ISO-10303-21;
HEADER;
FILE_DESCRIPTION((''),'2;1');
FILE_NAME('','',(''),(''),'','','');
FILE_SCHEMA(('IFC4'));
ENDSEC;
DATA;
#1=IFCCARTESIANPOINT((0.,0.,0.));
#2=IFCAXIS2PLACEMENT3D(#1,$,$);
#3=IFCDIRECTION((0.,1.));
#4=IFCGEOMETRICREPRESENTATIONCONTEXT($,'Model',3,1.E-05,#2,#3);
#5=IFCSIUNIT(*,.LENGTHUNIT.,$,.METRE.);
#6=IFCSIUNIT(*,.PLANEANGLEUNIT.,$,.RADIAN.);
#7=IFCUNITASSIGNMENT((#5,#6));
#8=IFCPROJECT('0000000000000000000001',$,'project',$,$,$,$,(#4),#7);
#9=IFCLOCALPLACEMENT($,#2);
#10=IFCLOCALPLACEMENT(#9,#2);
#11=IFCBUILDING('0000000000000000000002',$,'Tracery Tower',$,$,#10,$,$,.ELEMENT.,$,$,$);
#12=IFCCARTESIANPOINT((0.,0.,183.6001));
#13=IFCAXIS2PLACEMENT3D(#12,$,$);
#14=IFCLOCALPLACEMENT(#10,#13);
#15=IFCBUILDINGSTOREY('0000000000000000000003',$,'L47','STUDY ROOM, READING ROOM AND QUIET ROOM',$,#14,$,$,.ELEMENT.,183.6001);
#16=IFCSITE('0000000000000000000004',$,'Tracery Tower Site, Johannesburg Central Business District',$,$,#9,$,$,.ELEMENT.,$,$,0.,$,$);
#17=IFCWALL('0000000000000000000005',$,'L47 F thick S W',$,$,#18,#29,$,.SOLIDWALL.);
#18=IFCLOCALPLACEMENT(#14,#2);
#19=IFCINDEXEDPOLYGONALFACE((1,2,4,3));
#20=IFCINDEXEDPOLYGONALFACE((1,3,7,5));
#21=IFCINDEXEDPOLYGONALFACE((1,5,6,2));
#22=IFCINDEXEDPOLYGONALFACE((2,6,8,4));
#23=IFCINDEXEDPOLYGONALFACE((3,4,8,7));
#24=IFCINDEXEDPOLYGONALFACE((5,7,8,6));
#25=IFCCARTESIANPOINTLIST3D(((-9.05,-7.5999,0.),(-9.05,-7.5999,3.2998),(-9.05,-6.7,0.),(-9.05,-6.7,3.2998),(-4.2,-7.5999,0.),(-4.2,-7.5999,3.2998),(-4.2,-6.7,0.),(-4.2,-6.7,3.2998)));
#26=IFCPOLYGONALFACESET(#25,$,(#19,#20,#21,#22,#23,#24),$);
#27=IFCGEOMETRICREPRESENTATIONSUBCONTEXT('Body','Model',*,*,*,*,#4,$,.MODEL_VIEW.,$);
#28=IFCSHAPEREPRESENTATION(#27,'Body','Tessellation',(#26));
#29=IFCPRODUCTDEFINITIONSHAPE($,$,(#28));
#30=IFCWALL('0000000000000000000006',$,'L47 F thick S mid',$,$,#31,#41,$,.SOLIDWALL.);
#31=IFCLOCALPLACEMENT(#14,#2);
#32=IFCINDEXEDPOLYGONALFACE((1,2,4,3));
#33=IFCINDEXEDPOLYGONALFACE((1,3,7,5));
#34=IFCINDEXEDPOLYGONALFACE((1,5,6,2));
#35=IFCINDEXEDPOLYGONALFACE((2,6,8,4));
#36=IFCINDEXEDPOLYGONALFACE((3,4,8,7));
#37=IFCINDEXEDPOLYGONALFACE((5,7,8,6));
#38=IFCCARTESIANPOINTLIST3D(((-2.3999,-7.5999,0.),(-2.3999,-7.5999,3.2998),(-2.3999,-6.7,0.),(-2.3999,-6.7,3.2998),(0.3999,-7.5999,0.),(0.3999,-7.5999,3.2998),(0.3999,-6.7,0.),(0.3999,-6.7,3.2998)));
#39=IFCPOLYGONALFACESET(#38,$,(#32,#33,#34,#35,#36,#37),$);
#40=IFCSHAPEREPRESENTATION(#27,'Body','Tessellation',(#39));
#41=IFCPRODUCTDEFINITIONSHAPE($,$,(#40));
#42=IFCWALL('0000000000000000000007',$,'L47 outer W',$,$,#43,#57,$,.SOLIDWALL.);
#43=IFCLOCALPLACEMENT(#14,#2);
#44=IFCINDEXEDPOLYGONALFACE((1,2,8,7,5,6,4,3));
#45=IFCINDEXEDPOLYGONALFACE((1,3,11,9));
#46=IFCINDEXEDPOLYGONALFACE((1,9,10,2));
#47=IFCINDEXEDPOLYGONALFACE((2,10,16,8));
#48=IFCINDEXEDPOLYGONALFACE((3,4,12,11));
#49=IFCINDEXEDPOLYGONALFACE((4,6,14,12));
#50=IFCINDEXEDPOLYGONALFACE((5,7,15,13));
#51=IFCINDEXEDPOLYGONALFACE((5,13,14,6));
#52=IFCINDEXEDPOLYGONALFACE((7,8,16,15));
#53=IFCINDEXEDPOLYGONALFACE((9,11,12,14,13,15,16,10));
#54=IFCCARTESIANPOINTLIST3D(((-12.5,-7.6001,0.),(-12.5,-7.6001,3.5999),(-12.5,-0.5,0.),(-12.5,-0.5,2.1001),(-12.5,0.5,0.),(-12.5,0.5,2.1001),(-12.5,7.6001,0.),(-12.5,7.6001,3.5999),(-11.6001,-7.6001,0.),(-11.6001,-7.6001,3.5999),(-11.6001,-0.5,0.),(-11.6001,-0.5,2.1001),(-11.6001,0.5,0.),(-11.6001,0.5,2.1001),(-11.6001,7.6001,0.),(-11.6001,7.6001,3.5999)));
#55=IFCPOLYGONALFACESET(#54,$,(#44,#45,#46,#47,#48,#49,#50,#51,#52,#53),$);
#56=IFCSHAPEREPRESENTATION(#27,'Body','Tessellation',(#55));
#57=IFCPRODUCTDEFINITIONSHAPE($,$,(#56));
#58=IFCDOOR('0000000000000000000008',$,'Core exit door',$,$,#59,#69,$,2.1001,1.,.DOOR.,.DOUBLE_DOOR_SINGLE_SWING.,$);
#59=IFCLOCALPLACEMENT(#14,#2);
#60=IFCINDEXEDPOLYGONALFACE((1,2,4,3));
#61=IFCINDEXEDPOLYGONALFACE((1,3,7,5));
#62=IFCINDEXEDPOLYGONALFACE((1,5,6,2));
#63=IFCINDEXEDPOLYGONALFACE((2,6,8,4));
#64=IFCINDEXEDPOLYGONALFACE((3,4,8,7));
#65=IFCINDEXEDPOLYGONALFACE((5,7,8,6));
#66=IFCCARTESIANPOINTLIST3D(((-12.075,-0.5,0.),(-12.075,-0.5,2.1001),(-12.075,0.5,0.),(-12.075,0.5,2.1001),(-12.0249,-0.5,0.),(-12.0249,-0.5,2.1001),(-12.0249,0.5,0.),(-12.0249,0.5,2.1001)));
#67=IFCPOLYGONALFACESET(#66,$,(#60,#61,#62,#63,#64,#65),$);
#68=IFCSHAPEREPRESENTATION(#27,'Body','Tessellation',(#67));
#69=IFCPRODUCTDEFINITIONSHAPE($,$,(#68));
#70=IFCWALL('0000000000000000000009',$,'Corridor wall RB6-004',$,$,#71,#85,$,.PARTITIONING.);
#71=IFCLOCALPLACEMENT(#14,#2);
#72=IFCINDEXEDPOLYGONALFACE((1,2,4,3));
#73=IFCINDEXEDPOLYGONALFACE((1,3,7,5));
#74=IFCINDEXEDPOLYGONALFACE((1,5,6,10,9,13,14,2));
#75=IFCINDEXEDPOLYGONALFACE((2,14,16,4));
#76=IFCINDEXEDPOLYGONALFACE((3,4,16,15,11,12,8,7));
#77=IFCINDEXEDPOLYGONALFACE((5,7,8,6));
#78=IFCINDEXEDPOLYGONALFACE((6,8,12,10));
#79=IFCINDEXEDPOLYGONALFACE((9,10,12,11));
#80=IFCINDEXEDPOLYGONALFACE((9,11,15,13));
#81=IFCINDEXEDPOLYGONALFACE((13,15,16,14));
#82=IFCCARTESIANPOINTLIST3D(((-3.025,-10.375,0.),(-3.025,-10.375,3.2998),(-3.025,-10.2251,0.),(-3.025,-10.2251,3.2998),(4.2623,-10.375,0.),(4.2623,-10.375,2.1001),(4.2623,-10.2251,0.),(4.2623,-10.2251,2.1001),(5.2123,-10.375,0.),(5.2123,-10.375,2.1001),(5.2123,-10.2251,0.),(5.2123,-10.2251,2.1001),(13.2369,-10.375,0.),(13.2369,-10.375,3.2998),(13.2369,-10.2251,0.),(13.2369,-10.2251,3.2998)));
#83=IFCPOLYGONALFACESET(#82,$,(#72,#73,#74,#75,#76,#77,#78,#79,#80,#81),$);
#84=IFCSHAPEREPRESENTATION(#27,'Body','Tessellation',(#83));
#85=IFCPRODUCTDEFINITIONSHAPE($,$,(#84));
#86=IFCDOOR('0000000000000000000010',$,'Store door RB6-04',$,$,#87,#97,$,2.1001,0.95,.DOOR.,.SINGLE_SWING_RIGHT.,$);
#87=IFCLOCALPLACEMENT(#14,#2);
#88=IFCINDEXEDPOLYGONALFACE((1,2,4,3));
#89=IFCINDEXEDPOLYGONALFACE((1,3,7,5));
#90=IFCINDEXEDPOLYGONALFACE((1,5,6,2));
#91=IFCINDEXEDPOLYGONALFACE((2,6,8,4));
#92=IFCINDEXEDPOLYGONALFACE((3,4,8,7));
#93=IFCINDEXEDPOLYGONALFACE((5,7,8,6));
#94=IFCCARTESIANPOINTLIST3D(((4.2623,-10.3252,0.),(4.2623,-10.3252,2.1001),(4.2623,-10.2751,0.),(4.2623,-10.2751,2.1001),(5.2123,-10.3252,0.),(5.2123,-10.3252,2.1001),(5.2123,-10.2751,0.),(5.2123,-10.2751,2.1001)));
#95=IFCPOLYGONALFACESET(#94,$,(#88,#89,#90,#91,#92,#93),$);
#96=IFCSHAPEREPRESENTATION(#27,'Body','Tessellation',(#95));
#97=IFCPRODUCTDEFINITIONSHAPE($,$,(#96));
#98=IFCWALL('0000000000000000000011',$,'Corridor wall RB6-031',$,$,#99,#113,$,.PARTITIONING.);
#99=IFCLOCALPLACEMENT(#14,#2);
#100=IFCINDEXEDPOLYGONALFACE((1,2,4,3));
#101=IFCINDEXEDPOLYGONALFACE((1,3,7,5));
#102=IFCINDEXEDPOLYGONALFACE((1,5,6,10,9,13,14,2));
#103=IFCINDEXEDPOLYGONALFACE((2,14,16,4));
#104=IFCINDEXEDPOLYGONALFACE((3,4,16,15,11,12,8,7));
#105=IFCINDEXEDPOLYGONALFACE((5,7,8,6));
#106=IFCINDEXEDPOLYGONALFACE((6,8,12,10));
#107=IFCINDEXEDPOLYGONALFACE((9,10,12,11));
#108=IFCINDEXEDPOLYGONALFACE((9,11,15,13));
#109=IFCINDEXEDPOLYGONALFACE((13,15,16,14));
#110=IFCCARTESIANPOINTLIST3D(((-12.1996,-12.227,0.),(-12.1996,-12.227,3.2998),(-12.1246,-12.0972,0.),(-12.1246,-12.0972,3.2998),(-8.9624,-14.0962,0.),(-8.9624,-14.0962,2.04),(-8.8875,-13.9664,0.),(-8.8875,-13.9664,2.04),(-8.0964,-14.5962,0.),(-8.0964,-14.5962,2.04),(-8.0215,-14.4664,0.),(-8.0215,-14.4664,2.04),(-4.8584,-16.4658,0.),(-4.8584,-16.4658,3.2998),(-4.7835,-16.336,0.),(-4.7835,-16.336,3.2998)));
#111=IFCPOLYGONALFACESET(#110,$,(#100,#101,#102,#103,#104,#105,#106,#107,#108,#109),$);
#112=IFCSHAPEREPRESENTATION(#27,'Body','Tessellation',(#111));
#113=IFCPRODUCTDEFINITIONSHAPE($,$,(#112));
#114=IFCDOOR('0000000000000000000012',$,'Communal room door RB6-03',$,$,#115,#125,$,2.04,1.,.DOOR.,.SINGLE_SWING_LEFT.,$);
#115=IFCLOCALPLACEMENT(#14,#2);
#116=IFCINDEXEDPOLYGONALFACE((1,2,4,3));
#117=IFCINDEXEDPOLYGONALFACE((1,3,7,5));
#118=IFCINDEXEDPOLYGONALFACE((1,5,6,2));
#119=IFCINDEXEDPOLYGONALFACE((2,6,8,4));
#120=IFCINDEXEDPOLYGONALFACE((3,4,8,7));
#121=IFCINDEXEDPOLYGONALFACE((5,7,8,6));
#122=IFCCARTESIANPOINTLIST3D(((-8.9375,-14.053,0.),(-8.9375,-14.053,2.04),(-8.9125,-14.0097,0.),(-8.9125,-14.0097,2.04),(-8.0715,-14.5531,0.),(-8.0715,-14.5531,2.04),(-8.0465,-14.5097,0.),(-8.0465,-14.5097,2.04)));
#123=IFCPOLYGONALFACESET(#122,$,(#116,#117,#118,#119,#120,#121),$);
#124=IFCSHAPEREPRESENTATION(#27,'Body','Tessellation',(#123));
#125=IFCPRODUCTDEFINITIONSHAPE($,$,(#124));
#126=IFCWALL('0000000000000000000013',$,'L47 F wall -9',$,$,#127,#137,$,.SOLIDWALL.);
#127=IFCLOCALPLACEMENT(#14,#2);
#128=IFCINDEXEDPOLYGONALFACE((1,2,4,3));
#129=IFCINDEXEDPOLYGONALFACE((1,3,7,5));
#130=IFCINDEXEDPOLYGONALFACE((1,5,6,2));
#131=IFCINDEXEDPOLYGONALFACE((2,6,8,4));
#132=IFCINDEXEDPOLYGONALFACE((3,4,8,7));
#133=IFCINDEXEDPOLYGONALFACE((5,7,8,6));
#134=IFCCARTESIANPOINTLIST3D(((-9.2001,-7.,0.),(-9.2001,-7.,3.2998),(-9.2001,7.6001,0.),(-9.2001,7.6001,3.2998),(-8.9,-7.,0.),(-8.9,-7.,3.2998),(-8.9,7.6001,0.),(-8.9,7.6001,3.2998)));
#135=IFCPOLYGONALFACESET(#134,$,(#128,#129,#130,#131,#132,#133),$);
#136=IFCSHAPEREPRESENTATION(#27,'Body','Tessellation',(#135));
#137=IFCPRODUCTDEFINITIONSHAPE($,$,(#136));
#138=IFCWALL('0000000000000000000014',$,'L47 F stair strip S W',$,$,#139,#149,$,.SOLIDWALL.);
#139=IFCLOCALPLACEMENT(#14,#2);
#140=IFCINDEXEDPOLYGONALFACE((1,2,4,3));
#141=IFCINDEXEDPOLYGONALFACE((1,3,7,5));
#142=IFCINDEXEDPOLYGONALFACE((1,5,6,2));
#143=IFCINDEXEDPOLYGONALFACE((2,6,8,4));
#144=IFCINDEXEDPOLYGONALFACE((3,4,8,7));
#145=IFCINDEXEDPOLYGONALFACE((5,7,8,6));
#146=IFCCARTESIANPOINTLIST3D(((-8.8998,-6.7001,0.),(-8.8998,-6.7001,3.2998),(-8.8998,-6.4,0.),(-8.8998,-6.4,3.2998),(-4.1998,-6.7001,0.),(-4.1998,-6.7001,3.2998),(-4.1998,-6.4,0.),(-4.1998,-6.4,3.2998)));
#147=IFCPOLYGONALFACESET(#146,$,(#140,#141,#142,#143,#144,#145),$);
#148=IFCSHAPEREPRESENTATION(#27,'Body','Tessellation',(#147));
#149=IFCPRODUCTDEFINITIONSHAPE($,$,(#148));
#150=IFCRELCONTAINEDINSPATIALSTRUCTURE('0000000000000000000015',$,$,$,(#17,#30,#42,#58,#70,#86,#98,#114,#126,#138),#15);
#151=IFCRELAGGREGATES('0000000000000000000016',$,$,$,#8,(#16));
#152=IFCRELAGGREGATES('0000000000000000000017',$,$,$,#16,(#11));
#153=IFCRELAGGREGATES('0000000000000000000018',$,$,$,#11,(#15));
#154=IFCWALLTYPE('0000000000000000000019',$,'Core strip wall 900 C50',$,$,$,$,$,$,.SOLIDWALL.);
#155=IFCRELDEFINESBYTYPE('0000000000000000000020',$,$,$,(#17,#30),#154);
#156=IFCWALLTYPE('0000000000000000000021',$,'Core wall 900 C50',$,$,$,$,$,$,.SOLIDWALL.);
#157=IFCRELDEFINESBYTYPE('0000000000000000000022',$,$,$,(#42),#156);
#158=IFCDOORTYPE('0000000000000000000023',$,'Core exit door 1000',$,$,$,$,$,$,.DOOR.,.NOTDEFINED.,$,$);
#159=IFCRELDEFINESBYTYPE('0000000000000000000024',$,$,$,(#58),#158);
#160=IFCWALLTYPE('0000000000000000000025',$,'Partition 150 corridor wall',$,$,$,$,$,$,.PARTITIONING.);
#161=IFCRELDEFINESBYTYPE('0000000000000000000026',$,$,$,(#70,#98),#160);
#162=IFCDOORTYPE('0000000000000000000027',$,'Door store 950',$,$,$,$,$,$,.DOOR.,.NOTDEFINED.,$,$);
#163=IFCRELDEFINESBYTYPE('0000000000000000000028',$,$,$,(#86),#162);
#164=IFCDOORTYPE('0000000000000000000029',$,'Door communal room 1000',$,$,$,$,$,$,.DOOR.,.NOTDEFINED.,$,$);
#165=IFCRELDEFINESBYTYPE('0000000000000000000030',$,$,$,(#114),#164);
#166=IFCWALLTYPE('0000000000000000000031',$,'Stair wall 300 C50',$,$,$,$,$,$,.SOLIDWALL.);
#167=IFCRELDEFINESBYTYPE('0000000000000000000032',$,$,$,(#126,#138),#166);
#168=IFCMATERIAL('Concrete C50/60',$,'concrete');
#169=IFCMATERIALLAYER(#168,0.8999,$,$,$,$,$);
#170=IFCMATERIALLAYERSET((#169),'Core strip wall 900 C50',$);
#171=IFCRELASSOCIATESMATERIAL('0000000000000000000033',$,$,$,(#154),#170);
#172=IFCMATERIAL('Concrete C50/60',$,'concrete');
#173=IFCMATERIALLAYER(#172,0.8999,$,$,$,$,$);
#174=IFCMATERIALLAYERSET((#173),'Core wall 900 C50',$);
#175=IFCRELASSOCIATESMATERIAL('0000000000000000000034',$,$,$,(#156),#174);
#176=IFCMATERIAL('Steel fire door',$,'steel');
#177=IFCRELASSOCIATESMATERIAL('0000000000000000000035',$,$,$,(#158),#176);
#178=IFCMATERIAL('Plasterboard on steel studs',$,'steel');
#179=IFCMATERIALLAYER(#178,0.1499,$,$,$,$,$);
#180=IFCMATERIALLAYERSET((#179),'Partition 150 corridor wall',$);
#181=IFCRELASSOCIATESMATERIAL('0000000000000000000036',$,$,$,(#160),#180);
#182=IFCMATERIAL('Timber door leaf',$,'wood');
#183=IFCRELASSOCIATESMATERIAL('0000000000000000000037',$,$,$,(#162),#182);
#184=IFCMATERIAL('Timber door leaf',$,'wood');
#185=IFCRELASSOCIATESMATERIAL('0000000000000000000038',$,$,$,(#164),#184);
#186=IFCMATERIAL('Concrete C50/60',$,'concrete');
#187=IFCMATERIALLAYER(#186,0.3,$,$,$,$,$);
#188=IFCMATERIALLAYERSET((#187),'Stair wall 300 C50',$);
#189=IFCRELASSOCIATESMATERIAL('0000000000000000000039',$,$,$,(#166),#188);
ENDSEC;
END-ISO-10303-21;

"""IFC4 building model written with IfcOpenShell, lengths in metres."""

from ifc_helpers import new_model, si_unit, direction, frame, frame_2d, origin, place, context, subcontext, project, spatial, rectangle, extrude, material, layer, layer_set, type_object, element, fill, save


model = new_model("IFC4")

# Units and contexts
model_context = context("Model", 3, precision=1e-05, world=origin(), true_north=direction((0.0, 1.0)))
body_context = subcontext(model_context, "Body", "Model", "MODEL_VIEW")
ifc_project = project(units=[si_unit("LENGTHUNIT", "METRE"), si_unit("PLANEANGLEUNIT", "RADIAN")], contexts=[model_context])

# Site, building, storey
site_placement = place(None, origin())
site = spatial("IfcSite", under=ifc_project, at=site_placement, Name="Tracery Tower Site, Johannesburg Central Business District", CompositionType="ELEMENT", RefElevation=0.0)
building_placement = place(site_placement, origin())
building = spatial("IfcBuilding", under=site, at=building_placement, Name="Tracery Tower", CompositionType="ELEMENT")
storey_placement = place(building_placement, frame((0.0, 0.0, 183.6001)))
storey = spatial("IfcBuildingStorey", under=building, at=storey_placement, Name="L47", Description="STUDY ROOM, READING ROOM AND QUIET ROOM", CompositionType="ELEMENT", Elevation=183.6001)

# Walls
ifc_material_1 = material(Name="Concrete C50/60", Category="concrete")
ifc_layer_1 = layer(ifc_material_1, 0.8999)
ifc_layer_set_1 = layer_set([ifc_layer_1], Name="Core strip wall 900 C50")
wall_type_1 = type_object("IfcWallType", Name="Core strip wall 900 C50", PredefinedType="SOLIDWALL", material=ifc_layer_set_1)
wall_1_placement = place(storey_placement, frame((-9.05, -7.1499, 0.0), z_axis=(0.0, 0.0, 1.0), x_axis=(1.0, 0.0, 0.0)))
element("IfcWall", 1, at=wall_1_placement, inside=storey, type_object=wall_type_1, Name="L47 F thick S W", PredefinedType="SOLIDWALL", context=body_context, shape_type="SweptSolid", body=[
    extrude(rectangle(XDim=4.8501, YDim=0.8999, at=frame_2d((2.425, 0.0))), origin(), (0.0, 0.0, 1.0), 3.2998),
])
wall_2_placement = place(storey_placement, frame((-2.3999, -7.1499, 0.0), z_axis=(0.0, 0.0, 1.0), x_axis=(1.0, 0.0, 0.0)))
element("IfcWall", 2, at=wall_2_placement, inside=storey, type_object=wall_type_1, Name="L47 F thick S mid", PredefinedType="SOLIDWALL", context=body_context, shape_type="SweptSolid", body=[
    extrude(rectangle(XDim=2.7998, YDim=0.8999, at=frame_2d((1.3999, 0.0))), origin(), (0.0, 0.0, 1.0), 3.2998),
])

# Walls, openings, doors
ifc_material_2 = material(Name="Concrete C50/60", Category="concrete")
ifc_layer_2 = layer(ifc_material_2, 0.8999)
ifc_layer_set_2 = layer_set([ifc_layer_2], Name="Core wall 900 C50")
wall_type_2 = type_object("IfcWallType", Name="Core wall 900 C50", PredefinedType="SOLIDWALL", material=ifc_layer_set_2)
wall_3_placement = place(storey_placement, frame((-12.05, -7.6001, 0.0), z_axis=(0.0, 0.0, 1.0), x_axis=(0.0, 1.0, 0.0)))
wall_3 = element("IfcWall", 3, at=wall_3_placement, inside=storey, type_object=wall_type_2, Name="L47 outer W", PredefinedType="SOLIDWALL", context=body_context, shape_type="SweptSolid", body=[
    extrude(rectangle(XDim=15.2002, YDim=0.8999, at=frame_2d((7.6001, 0.0))), origin(), (0.0, 0.0, 1.0), 3.5999),
])
opening_1_placement = place(wall_3_placement, frame((7.1001, 0.0, 0.0)))
opening_1 = element("IfcOpeningElement", 4, at=opening_1_placement, cuts=wall_3, PredefinedType="OPENING", context=body_context, shape_type="SweptSolid", body=[
    extrude(rectangle(XDim=1.0, YDim=2.1001, at=frame_2d((0.5, 1.05))), frame((0.0, 0.45, 0.0), z_axis=(0.0, -1.0, 0.0), x_axis=(1.0, 0.0, 0.0)), (0.0, 0.0, 1.0), 0.8999),
])
ifc_material_3 = material(Name="Steel fire door", Category="steel")
door_type_1 = type_object("IfcDoorType", Name="Core exit door 1000", OperationType="NOTDEFINED", PredefinedType="DOOR", material=ifc_material_3)
door_1_placement = place(opening_1_placement, origin())
door_1 = element("IfcDoor", 5, at=door_1_placement, inside=storey, type_object=door_type_1, Name="Core exit door", OperationType="DOUBLE_DOOR_SINGLE_SWING", OverallHeight=2.1001, OverallWidth=1.0, PredefinedType="DOOR", context=body_context, shape_type="SweptSolid", body=[
    extrude(rectangle(XDim=1.0, YDim=2.1001, at=frame_2d((0.5, 1.05))), frame((0.0, 0.0249, 0.0), z_axis=(0.0, -1.0, 0.0), x_axis=(1.0, 0.0, 0.0)), (0.0, 0.0, 1.0), 0.05),
])
fill(opening_1, door_1)
ifc_material_4 = material(Name="Plasterboard on steel studs", Category="steel")
ifc_layer_3 = layer(ifc_material_4, 0.1499)
ifc_layer_set_3 = layer_set([ifc_layer_3], Name="Partition 150 corridor wall")
wall_type_3 = type_object("IfcWallType", Name="Partition 150 corridor wall", PredefinedType="PARTITIONING", material=ifc_layer_set_3)
wall_4_placement = place(storey_placement, frame((-3.0249, -10.3, 0.0), z_axis=(0.0, 0.0, 1.0), x_axis=(1.0, 0.0, 0.0)))
wall_4 = element("IfcWall", 6, at=wall_4_placement, inside=storey, type_object=wall_type_3, Name="Corridor wall RB6-004", PredefinedType="PARTITIONING", context=body_context, shape_type="SweptSolid", body=[
    extrude(rectangle(XDim=16.262, YDim=0.1499, at=frame_2d((8.1309, 0.0))), origin(), (0.0, 0.0, 1.0), 3.2998),
])
opening_2_placement = place(wall_4_placement, frame((7.2871, 0.0, 0.0)))
opening_2 = element("IfcOpeningElement", 7, at=opening_2_placement, cuts=wall_4, PredefinedType="OPENING", context=body_context, shape_type="SweptSolid", body=[
    extrude(rectangle(XDim=0.95, YDim=2.1001, at=frame_2d((0.4751, 1.05))), frame((0.0, 0.075, 0.0), z_axis=(0.0, -1.0, 0.0), x_axis=(1.0, 0.0, 0.0)), (0.0, 0.0, 1.0), 0.1499),
])
ifc_material_5 = material(Name="Timber door leaf", Category="wood")
door_type_2 = type_object("IfcDoorType", Name="Door store 950", OperationType="NOTDEFINED", PredefinedType="DOOR", material=ifc_material_5)
door_2_placement = place(opening_2_placement, origin())
door_2 = element("IfcDoor", 8, at=door_2_placement, inside=storey, type_object=door_type_2, Name="Store door RB6-04", OperationType="SINGLE_SWING_RIGHT", OverallHeight=2.1001, OverallWidth=0.95, PredefinedType="DOOR", context=body_context, shape_type="SweptSolid", body=[
    extrude(rectangle(XDim=0.95, YDim=2.1001, at=frame_2d((0.4751, 1.05))), frame((0.0, 0.0249, 0.0), z_axis=(0.0, -1.0, 0.0), x_axis=(1.0, 0.0, 0.0)), (0.0, 0.0, 1.0), 0.05),
])
fill(opening_2, door_2)
wall_5_placement = place(storey_placement, frame((-12.1621, -12.1621, 0.0), z_axis=(0.0, 0.0, 1.0), x_axis=(0.866005, -0.500036, 0.0)))
wall_5 = element("IfcWall", 9, at=wall_5_placement, inside=storey, type_object=wall_type_3, Name="Corridor wall RB6-031", PredefinedType="PARTITIONING", context=body_context, shape_type="SweptSolid", body=[
    extrude(rectangle(XDim=8.4771, YDim=0.1499, at=frame_2d((4.2385, 0.0))), origin(), (0.0, 0.0, 1.0), 3.2998),
])
opening_3_placement = place(wall_5_placement, frame((3.738, 0.0, 0.0)))
opening_3 = element("IfcOpeningElement", 10, at=opening_3_placement, cuts=wall_5, PredefinedType="OPENING", context=body_context, shape_type="SweptSolid", body=[
    extrude(rectangle(XDim=1.0, YDim=2.04, at=frame_2d((0.5, 1.02))), frame((0.0, 0.075, 0.0), z_axis=(0.0, -1.0, 0.0), x_axis=(1.0, 0.0, 0.0)), (0.0, 0.0, 1.0), 0.1499),
])
ifc_material_6 = material(Name="Timber door leaf", Category="wood")
door_type_3 = type_object("IfcDoorType", Name="Door communal room 1000", OperationType="NOTDEFINED", PredefinedType="DOOR", material=ifc_material_6)
door_3_placement = place(opening_3_placement, origin())
door_3 = element("IfcDoor", 11, at=door_3_placement, inside=storey, type_object=door_type_3, Name="Communal room door RB6-03", OperationType="SINGLE_SWING_LEFT", OverallHeight=2.04, OverallWidth=1.0, PredefinedType="DOOR", context=body_context, shape_type="SweptSolid", body=[
    extrude(rectangle(XDim=1.0, YDim=2.04, at=frame_2d((0.5, 1.02))), frame((0.0, 0.0249, 0.0), z_axis=(0.0, -1.0, 0.0), x_axis=(1.0, 0.0, 0.0)), (0.0, 0.0, 1.0), 0.05),
])
fill(opening_3, door_3)

# Shared definitions
ifc_material_7 = material(Name="Concrete C50/60", Category="concrete")
ifc_layer_4 = layer(ifc_material_7, 0.3)
ifc_layer_set_4 = layer_set([ifc_layer_4], Name="Stair wall 300 C50")
wall_type_4 = type_object("IfcWallType", Name="Stair wall 300 C50", PredefinedType="SOLIDWALL", material=ifc_layer_set_4)

# Walls
wall_6_placement = place(storey_placement, frame((-9.05, -7.0, 0.0), z_axis=(0.0, 0.0, 1.0), x_axis=(0.0, 1.0, 0.0)))
element("IfcWall", 12, at=wall_6_placement, inside=storey, type_object=wall_type_4, Name="L47 F wall -9", PredefinedType="SOLIDWALL", context=body_context, shape_type="SweptSolid", body=[
    extrude(rectangle(XDim=14.6001, YDim=0.3, at=frame_2d((7.3, 0.0))), origin(), (0.0, 0.0, 1.0), 3.2998),
])
wall_7_placement = place(storey_placement, frame((-8.8999, -6.55, 0.0), z_axis=(0.0, 0.0, 1.0), x_axis=(1.0, 0.0, 0.0)))
element("IfcWall", 13, at=wall_7_placement, inside=storey, type_object=wall_type_4, Name="L47 F stair strip S W", PredefinedType="SOLIDWALL", context=body_context, shape_type="SweptSolid", body=[
    extrude(rectangle(XDim=4.7, YDim=0.3, at=frame_2d((2.3501, 0.0))), origin(), (0.0, 0.0, 1.0), 3.2998),
])

save(model, "model.ifc")
